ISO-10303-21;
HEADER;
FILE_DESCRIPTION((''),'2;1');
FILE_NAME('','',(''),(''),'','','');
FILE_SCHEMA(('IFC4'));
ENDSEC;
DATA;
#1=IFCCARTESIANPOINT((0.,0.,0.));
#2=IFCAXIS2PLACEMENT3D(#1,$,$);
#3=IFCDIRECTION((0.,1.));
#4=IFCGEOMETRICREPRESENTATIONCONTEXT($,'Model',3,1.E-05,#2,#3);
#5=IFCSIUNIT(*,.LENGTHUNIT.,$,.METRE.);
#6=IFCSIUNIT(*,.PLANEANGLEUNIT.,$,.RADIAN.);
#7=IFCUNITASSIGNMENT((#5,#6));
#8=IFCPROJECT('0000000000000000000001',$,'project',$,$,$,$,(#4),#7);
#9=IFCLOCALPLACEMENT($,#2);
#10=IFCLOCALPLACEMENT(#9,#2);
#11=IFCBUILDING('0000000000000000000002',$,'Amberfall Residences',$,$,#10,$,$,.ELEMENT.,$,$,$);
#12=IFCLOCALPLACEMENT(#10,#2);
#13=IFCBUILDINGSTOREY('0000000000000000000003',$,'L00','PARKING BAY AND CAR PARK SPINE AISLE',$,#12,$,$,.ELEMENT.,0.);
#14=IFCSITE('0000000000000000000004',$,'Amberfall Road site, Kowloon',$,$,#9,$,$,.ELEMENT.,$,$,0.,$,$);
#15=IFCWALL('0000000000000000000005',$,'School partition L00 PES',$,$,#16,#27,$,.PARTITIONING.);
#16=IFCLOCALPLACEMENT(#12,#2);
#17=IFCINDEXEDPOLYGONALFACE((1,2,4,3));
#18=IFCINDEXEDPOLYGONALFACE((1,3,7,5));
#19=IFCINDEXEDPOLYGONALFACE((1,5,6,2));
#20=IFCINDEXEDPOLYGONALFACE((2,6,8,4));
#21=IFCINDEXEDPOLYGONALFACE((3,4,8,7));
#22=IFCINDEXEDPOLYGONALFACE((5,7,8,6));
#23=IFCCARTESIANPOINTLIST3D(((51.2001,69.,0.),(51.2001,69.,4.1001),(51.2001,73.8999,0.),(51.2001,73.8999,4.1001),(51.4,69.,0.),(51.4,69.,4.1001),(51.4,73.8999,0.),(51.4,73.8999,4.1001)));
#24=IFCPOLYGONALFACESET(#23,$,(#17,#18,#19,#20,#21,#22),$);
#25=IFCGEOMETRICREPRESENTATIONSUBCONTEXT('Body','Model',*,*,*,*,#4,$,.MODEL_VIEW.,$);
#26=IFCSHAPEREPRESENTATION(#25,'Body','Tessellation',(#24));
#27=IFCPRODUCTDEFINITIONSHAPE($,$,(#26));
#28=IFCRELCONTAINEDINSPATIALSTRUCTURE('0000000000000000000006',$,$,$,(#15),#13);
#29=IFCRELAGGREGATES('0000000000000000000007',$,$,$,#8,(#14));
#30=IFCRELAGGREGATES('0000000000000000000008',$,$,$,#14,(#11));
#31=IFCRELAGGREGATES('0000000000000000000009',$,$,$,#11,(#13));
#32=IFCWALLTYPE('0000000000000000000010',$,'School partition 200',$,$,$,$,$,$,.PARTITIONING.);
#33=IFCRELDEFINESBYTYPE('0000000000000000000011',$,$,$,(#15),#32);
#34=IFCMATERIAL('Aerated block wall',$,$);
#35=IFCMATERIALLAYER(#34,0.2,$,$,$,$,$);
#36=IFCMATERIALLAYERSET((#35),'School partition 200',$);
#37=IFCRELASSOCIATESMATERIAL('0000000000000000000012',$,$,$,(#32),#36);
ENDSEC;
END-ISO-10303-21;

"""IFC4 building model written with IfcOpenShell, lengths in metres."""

from ifc_helpers import new_model, si_unit, direction, frame, frame_2d, origin, place, context, subcontext, project, spatial, rectangle, extrude, material, layer, layer_set, type_object, element, save


model = new_model("IFC4")

# Units and contexts
model_context = context("Model", 3, precision=1e-05, world=origin(), true_north=direction((0.0, 1.0)))
body_context = subcontext(model_context, "Body", "Model", "MODEL_VIEW")
ifc_project = project(units=[si_unit("LENGTHUNIT", "METRE"), si_unit("PLANEANGLEUNIT", "RADIAN")], contexts=[model_context])

# Site, building, storey
site_placement = place(None, origin())
site = spatial("IfcSite", under=ifc_project, at=site_placement, Name="Amberfall Road site, Kowloon", CompositionType="ELEMENT", RefElevation=0.0)
building_placement = place(site_placement, origin())
building = spatial("IfcBuilding", under=site, at=building_placement, Name="Amberfall Residences", CompositionType="ELEMENT")
storey_placement = place(building_placement, origin())
storey = spatial("IfcBuildingStorey", under=building, at=storey_placement, Name="L00", Description="PARKING BAY AND CAR PARK SPINE AISLE", CompositionType="ELEMENT", Elevation=0.0)

# Shared definitions
ifc_material_1 = material(Name="Aerated block wall")

# Shared definitions
ifc_layer_1 = layer(ifc_material_1, 0.2)
ifc_layer_set_1 = layer_set([ifc_layer_1], Name="School partition 200")
wall_type_1 = type_object("IfcWallType", Name="School partition 200", PredefinedType="PARTITIONING", material=ifc_layer_set_1)

# Wall
wall_1_placement = place(storey_placement, frame((51.3, 69.0, 0.0), z_axis=(0.0, 0.0, 1.0), x_axis=(0.0, 1.0, 0.0)))
element("IfcWall", 1, at=wall_1_placement, inside=storey, type_object=wall_type_1, Name="School partition L00 PES", PredefinedType="PARTITIONING", context=body_context, shape_type="SweptSolid", body=[
    extrude(rectangle(XDim=4.8999, YDim=0.2, at=frame_2d((2.45, 0.0))), origin(), (0.0, 0.0, 1.0), 4.1001),
])

save(model, "model.ifc")
